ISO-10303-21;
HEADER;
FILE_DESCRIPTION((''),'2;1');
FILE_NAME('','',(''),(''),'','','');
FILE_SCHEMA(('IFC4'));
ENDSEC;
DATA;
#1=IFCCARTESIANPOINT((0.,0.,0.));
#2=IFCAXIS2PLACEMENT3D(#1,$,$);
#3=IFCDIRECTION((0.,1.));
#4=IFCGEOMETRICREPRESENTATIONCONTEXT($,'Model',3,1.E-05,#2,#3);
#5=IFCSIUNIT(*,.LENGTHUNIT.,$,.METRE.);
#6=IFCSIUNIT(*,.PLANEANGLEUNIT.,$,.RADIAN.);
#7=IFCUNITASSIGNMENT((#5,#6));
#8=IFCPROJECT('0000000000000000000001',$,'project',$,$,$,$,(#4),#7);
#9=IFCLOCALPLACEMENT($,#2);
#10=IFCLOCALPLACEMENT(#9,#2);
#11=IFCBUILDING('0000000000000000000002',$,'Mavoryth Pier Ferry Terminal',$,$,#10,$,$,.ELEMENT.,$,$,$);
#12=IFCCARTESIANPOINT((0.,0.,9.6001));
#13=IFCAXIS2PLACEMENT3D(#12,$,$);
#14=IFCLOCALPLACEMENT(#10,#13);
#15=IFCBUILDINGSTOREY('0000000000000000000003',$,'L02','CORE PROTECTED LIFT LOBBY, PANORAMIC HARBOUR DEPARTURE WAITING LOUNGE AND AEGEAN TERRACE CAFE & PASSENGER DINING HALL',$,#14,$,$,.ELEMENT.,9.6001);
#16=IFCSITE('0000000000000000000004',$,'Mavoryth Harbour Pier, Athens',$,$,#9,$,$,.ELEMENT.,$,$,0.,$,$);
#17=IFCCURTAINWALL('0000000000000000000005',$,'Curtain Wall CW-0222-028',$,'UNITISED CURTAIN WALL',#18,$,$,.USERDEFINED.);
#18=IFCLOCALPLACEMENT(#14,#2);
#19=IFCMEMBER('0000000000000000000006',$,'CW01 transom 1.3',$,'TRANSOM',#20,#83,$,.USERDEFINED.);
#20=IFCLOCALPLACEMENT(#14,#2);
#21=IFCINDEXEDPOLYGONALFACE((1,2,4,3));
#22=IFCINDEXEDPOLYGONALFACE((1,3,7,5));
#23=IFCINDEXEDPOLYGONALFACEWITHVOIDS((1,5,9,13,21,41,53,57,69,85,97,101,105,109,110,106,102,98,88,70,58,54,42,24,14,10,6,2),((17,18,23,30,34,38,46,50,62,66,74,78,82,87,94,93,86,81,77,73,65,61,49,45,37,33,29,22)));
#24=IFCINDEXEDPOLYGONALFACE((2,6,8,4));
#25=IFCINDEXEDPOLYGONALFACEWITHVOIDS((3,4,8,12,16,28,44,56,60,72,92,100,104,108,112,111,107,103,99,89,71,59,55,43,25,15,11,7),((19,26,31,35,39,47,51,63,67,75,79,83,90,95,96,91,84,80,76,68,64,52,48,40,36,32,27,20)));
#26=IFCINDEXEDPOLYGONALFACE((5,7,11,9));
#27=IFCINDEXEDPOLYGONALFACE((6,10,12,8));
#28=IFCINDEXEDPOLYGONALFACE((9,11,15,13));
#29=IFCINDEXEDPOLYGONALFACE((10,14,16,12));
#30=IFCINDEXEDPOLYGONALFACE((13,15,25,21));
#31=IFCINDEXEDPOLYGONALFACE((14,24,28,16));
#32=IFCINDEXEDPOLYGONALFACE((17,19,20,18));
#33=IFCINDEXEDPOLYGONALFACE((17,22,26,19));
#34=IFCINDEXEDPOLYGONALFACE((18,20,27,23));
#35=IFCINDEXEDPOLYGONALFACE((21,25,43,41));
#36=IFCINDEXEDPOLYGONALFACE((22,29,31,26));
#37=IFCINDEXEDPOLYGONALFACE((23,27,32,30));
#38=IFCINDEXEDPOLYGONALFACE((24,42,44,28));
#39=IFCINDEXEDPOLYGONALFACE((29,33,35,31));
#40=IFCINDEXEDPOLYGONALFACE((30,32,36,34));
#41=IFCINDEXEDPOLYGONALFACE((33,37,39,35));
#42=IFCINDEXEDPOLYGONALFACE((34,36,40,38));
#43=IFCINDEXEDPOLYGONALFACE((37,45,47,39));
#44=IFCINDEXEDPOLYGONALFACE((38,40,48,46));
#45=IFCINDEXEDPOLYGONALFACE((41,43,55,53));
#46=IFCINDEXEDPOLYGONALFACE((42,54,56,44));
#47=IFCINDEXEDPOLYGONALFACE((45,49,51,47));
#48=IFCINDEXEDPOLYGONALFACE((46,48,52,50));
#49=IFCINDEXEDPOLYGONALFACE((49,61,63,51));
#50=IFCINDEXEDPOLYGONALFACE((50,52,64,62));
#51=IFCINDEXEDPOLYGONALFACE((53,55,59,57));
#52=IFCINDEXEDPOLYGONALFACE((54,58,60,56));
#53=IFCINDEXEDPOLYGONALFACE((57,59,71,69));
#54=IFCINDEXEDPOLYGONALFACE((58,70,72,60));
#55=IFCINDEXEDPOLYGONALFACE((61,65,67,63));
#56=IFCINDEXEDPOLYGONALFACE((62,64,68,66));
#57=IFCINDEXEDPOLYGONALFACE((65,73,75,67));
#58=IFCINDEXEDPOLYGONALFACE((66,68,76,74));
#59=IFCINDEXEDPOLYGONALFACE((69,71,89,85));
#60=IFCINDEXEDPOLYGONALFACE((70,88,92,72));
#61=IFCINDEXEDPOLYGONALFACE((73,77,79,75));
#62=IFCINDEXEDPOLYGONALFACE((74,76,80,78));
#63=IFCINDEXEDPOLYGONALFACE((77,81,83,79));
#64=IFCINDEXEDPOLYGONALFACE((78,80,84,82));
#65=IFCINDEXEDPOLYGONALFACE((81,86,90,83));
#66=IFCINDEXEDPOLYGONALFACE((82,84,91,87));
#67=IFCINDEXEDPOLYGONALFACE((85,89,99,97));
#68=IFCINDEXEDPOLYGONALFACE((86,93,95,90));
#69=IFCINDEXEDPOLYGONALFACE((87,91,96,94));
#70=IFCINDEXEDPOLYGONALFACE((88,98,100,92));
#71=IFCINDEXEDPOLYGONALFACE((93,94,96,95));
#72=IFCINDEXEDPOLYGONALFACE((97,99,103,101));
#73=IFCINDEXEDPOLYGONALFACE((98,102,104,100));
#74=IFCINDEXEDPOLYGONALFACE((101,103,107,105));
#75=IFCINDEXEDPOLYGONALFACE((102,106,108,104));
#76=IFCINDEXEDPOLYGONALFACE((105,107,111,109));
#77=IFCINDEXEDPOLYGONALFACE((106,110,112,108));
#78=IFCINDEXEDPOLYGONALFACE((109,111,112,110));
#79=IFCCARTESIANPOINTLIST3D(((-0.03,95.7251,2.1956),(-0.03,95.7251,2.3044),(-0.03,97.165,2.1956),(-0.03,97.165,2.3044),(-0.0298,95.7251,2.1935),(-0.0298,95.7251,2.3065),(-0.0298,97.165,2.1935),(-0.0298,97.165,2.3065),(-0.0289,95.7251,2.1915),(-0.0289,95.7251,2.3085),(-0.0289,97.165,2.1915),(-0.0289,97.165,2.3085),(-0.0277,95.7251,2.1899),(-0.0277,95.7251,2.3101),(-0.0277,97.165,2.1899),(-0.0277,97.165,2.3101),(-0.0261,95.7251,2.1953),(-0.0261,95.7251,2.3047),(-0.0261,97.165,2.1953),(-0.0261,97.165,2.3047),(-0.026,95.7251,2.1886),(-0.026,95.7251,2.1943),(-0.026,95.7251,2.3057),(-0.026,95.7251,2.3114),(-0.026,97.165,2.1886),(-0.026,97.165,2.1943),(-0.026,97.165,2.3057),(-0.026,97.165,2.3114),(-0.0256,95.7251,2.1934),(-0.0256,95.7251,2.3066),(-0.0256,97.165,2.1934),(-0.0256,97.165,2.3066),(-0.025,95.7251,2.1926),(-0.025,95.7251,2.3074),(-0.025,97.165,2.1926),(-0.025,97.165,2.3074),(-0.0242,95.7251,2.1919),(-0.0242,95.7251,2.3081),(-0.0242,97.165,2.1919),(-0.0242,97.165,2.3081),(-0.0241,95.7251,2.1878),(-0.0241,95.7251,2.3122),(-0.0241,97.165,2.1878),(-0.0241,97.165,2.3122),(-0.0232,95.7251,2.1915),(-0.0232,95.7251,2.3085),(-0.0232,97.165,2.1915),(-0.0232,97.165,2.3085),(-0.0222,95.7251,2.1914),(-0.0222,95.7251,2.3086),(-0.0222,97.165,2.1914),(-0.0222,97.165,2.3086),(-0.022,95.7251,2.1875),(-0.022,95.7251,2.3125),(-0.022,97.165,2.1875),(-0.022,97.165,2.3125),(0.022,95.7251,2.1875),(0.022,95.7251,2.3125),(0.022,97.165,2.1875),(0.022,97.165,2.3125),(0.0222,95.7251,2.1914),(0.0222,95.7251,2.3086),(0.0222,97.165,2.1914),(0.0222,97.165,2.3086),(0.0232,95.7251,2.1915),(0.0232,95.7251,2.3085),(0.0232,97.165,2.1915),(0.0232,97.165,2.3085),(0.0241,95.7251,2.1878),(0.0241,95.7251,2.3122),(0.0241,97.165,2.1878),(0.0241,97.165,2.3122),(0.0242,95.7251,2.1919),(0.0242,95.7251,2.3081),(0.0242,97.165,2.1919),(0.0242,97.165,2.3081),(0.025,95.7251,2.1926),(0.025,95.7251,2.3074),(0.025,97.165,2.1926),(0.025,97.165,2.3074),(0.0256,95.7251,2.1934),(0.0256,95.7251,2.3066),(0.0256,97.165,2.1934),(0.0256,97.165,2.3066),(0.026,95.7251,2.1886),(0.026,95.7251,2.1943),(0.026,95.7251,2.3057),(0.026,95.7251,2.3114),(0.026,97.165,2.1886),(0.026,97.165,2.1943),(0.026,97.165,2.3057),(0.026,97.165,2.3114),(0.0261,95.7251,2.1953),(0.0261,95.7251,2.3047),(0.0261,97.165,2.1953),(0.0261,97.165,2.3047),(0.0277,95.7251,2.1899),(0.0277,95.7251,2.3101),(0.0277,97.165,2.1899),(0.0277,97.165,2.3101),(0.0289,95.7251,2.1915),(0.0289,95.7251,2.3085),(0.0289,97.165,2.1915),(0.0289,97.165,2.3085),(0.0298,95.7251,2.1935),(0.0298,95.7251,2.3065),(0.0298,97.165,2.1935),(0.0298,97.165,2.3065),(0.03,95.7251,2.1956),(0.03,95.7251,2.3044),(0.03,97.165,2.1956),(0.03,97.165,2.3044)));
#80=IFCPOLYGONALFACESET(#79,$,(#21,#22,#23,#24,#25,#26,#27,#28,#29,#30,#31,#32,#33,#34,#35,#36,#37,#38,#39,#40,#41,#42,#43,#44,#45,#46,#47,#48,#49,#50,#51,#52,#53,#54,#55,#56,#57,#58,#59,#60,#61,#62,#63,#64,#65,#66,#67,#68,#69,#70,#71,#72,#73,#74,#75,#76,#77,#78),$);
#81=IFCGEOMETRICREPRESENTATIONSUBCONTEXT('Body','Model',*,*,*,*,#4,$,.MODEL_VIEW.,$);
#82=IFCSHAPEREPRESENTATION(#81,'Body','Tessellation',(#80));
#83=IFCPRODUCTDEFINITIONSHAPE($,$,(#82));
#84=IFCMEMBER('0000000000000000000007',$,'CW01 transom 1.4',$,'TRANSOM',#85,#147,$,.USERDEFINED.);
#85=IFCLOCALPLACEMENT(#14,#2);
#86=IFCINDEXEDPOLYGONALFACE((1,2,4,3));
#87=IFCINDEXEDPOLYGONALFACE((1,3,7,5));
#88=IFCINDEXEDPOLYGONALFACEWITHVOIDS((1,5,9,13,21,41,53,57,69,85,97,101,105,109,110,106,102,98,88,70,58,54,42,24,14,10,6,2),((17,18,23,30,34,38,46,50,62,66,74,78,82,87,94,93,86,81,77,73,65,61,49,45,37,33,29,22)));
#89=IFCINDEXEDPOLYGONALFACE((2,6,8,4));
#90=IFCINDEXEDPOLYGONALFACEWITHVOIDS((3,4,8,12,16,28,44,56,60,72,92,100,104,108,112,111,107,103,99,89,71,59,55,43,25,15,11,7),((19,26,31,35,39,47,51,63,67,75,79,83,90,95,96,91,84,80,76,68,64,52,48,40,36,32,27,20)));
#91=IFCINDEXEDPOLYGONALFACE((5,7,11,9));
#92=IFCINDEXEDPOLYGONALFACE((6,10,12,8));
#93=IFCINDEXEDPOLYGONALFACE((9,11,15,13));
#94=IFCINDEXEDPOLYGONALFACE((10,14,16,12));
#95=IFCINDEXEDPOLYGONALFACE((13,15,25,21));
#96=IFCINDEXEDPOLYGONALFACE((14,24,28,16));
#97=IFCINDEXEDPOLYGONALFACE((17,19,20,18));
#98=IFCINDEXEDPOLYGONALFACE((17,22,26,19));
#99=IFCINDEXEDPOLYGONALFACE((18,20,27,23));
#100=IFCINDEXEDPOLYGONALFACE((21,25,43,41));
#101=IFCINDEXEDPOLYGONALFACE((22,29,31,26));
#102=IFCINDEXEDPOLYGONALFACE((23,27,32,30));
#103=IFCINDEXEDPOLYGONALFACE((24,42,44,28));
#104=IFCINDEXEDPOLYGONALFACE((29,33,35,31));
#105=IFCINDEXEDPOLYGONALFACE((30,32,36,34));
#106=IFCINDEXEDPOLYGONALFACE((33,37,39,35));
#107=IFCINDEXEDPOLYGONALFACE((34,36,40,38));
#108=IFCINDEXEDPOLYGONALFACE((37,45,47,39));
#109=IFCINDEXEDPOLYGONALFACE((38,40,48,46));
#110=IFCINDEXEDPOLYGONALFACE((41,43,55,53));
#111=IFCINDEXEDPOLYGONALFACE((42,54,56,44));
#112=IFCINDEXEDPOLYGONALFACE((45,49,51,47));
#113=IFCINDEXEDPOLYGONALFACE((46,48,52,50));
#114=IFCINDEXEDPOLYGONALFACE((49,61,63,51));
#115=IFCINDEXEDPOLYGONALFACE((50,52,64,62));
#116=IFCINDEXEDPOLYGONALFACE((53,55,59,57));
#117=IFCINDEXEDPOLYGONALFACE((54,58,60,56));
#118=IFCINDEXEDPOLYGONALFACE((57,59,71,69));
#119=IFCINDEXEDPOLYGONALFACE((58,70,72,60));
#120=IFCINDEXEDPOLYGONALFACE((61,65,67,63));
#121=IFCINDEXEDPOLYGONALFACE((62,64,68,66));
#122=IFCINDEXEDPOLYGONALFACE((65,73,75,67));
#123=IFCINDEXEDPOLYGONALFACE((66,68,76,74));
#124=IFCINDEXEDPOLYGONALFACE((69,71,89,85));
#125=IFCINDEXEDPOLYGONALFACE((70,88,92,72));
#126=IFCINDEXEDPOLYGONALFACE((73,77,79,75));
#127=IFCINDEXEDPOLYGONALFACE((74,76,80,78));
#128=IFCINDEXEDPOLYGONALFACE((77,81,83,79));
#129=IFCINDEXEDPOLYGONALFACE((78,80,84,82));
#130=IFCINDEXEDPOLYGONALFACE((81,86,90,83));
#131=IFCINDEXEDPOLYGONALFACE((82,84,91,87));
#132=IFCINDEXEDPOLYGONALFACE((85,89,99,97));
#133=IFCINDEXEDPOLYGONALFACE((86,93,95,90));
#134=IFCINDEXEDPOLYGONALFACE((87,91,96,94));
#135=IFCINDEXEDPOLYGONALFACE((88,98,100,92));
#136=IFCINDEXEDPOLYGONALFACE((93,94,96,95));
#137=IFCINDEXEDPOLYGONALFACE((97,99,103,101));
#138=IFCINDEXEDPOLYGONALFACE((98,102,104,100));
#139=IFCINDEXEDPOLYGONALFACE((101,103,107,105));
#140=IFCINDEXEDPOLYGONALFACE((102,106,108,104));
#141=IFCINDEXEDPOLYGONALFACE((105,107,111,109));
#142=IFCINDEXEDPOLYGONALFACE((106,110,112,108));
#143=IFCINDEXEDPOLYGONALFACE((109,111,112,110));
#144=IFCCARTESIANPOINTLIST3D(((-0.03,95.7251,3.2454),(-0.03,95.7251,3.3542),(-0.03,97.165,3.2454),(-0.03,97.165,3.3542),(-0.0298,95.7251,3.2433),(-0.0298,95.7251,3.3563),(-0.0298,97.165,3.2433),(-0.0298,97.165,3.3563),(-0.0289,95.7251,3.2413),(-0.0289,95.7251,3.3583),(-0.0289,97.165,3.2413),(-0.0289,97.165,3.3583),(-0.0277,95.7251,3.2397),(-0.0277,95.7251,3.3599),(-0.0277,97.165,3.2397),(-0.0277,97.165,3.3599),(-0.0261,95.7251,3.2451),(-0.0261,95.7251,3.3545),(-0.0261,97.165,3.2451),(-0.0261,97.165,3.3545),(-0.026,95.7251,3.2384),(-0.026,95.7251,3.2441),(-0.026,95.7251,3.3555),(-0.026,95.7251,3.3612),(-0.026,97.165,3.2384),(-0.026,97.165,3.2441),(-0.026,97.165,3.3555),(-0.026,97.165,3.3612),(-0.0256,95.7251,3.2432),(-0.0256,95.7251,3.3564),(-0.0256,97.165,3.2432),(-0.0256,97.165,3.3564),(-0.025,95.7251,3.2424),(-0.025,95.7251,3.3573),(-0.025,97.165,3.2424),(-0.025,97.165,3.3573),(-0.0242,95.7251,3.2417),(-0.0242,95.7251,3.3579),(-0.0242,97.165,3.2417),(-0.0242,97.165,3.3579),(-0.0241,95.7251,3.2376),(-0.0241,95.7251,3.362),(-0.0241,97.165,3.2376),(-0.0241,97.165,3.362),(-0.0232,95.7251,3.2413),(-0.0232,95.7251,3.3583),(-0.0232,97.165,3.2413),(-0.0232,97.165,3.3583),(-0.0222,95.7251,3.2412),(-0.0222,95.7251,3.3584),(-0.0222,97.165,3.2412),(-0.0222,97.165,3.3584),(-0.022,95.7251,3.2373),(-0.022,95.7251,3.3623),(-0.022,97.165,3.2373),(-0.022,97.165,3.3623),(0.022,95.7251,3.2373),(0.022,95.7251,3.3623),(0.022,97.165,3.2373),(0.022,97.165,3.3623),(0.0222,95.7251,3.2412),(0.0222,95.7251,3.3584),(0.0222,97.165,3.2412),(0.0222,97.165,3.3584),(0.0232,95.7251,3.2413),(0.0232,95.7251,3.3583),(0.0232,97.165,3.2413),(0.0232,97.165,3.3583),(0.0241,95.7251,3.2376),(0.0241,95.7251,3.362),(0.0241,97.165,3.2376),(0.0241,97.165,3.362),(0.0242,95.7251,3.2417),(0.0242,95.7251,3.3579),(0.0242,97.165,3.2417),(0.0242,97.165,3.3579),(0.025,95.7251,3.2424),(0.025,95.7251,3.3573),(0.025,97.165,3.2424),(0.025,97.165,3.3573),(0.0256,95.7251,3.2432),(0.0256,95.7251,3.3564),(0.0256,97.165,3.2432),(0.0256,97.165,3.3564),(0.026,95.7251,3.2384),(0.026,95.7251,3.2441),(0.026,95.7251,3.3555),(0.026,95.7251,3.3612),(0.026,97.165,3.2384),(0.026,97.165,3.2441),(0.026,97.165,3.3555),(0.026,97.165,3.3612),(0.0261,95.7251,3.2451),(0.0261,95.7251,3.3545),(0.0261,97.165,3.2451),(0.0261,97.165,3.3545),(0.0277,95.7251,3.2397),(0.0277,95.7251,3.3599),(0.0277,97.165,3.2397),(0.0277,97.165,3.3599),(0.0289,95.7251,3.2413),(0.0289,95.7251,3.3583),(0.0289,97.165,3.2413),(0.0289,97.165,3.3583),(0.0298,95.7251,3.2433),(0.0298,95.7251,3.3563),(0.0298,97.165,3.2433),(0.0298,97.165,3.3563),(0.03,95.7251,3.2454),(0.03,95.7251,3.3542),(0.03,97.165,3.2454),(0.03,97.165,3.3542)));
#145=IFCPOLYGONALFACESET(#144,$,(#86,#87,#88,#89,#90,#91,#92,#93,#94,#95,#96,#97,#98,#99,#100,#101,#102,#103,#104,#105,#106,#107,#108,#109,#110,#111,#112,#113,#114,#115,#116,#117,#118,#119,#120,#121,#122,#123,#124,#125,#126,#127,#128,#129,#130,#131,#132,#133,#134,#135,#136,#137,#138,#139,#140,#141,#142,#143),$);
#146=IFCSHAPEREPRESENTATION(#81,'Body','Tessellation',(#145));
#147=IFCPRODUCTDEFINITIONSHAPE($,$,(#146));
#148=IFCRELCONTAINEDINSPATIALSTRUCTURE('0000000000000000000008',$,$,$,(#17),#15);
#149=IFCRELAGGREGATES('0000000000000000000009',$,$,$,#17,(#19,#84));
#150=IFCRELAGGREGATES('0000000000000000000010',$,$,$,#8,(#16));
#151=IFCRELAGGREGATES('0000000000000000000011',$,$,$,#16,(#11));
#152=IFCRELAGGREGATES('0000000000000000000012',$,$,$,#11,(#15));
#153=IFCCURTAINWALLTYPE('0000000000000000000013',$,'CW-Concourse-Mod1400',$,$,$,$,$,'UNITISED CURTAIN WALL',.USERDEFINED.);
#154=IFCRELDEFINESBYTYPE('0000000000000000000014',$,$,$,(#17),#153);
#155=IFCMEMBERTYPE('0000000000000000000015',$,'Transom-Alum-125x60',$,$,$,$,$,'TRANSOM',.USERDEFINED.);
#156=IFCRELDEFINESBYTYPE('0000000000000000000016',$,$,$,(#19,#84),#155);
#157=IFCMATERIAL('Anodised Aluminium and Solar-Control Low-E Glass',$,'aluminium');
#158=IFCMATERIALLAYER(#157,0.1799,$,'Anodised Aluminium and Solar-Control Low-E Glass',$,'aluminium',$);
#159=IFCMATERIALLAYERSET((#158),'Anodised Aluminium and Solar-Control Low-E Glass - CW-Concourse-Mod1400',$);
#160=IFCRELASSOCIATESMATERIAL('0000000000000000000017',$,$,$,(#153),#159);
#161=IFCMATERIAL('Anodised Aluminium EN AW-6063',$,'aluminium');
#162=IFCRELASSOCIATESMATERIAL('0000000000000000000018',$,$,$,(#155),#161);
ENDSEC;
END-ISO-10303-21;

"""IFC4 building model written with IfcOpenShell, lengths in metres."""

from ifc_helpers import new_model, si_unit, direction, frame, origin, origin_2d, place, context, subcontext, project, spatial, hollow_rectangle, extrude, material, layer, layer_set, material_profile, profile_set, type_object, element, aggregate, save


model = new_model("IFC4")

# Units and contexts
model_context = context("Model", 3, precision=1e-05, world=origin(), true_north=direction((0.0, 1.0)))
body_context = subcontext(model_context, "Body", "Model", "MODEL_VIEW")
ifc_project = project(units=[si_unit("LENGTHUNIT", "METRE"), si_unit("PLANEANGLEUNIT", "RADIAN")], contexts=[model_context])

# Site, building, storey
site_placement = place(None, origin())
site = spatial("IfcSite", under=ifc_project, at=site_placement, Name="Mavoryth Harbour Pier, Athens", CompositionType="ELEMENT", RefElevation=0.0)
building_placement = place(site_placement, origin())
building = spatial("IfcBuilding", under=site, at=building_placement, Name="Mavoryth Pier Ferry Terminal", CompositionType="ELEMENT")
storey_placement = place(building_placement, frame((0.0, 0.0, 9.6001)))
storey = spatial("IfcBuildingStorey", under=building, at=storey_placement, Name="L02", Description="CORE PROTECTED LIFT LOBBY, PANORAMIC HARBOUR DEPARTURE WAITING LOUNGE AND AEGEAN TERRACE CAFE & PASSENGER DINING HALL", CompositionType="ELEMENT", Elevation=9.6001)

# Curtain wall
ifc_material_1 = material(Name="Anodised Aluminium and Solar-Control Low-E Glass", Category="aluminium")
ifc_layer_1 = layer(ifc_material_1, 0.1799, Name="Anodised Aluminium and Solar-Control Low-E Glass", Category="aluminium")
ifc_layer_set_1 = layer_set([ifc_layer_1], Name="Anodised Aluminium and Solar-Control Low-E Glass - CW-Concourse-Mod1400")
curtain_wall_type = type_object("IfcCurtainWallType", Name="CW-Concourse-Mod1400", ElementType="UNITISED CURTAIN WALL", PredefinedType="USERDEFINED", material=ifc_layer_set_1)
curtain_wall_placement = place(storey_placement, origin())
curtain_wall = element("IfcCurtainWall", 1, at=curtain_wall_placement, inside=storey, type_object=curtain_wall_type, Name="Curtain Wall CW-0222-028", ObjectType="UNITISED CURTAIN WALL", PredefinedType="USERDEFINED")
ifc_material_2 = material(Name="Anodised Aluminium EN AW-6063", Category="aluminium")

# Members
ifc_material_profile_1 = material_profile(ifc_material_2, hollow_rectangle(XDim=0.0601, YDim=0.125, WallThickness=0.0039, InnerFilletRadius=0.0039, OuterFilletRadius=0.0081, at=origin_2d()), Name="AL-TRAN 125x60x4", Category="aluminium")
ifc_profile_set_1 = profile_set([ifc_material_profile_1], Name="Anodised Aluminium EN AW-6063 - AL-TRAN 125x60x4")
member_type_1 = type_object("IfcMemberType", Name="Transom-Alum-125x60", ElementType="TRANSOM", PredefinedType="USERDEFINED", material=ifc_profile_set_1)
member_1_placement = place(storey_placement, frame((0.0, 97.165, 2.25), z_axis=(0.0, -1.0, 0.0), x_axis=(1.0, 0.0, 0.0)))
member_1 = element("IfcMember", 2, at=member_1_placement, type_object=member_type_1, Name="CW01 transom 1.3", ObjectType="TRANSOM", PredefinedType="USERDEFINED", context=body_context, shape_type="SweptSolid", body=[
    extrude(hollow_rectangle(XDim=0.0601, YDim=0.125, WallThickness=0.0039, InnerFilletRadius=0.0039, OuterFilletRadius=0.0081, at=origin_2d()), origin(), (0.0, 0.0, 1.0), 1.4399),
])
member_2_placement = place(storey_placement, frame((0.0, 97.165, 3.2998), z_axis=(0.0, -1.0, 0.0), x_axis=(1.0, 0.0, 0.0)))
member_2 = element("IfcMember", 3, at=member_2_placement, type_object=member_type_1, Name="CW01 transom 1.4", ObjectType="TRANSOM", PredefinedType="USERDEFINED", context=body_context, shape_type="SweptSolid", body=[
    extrude(hollow_rectangle(XDim=0.0601, YDim=0.125, WallThickness=0.0039, InnerFilletRadius=0.0039, OuterFilletRadius=0.0081, at=origin_2d()), origin(), (0.0, 0.0, 1.0), 1.4399),
])

aggregate(curtain_wall, [member_1, member_2])

save(model, "model.ifc")
